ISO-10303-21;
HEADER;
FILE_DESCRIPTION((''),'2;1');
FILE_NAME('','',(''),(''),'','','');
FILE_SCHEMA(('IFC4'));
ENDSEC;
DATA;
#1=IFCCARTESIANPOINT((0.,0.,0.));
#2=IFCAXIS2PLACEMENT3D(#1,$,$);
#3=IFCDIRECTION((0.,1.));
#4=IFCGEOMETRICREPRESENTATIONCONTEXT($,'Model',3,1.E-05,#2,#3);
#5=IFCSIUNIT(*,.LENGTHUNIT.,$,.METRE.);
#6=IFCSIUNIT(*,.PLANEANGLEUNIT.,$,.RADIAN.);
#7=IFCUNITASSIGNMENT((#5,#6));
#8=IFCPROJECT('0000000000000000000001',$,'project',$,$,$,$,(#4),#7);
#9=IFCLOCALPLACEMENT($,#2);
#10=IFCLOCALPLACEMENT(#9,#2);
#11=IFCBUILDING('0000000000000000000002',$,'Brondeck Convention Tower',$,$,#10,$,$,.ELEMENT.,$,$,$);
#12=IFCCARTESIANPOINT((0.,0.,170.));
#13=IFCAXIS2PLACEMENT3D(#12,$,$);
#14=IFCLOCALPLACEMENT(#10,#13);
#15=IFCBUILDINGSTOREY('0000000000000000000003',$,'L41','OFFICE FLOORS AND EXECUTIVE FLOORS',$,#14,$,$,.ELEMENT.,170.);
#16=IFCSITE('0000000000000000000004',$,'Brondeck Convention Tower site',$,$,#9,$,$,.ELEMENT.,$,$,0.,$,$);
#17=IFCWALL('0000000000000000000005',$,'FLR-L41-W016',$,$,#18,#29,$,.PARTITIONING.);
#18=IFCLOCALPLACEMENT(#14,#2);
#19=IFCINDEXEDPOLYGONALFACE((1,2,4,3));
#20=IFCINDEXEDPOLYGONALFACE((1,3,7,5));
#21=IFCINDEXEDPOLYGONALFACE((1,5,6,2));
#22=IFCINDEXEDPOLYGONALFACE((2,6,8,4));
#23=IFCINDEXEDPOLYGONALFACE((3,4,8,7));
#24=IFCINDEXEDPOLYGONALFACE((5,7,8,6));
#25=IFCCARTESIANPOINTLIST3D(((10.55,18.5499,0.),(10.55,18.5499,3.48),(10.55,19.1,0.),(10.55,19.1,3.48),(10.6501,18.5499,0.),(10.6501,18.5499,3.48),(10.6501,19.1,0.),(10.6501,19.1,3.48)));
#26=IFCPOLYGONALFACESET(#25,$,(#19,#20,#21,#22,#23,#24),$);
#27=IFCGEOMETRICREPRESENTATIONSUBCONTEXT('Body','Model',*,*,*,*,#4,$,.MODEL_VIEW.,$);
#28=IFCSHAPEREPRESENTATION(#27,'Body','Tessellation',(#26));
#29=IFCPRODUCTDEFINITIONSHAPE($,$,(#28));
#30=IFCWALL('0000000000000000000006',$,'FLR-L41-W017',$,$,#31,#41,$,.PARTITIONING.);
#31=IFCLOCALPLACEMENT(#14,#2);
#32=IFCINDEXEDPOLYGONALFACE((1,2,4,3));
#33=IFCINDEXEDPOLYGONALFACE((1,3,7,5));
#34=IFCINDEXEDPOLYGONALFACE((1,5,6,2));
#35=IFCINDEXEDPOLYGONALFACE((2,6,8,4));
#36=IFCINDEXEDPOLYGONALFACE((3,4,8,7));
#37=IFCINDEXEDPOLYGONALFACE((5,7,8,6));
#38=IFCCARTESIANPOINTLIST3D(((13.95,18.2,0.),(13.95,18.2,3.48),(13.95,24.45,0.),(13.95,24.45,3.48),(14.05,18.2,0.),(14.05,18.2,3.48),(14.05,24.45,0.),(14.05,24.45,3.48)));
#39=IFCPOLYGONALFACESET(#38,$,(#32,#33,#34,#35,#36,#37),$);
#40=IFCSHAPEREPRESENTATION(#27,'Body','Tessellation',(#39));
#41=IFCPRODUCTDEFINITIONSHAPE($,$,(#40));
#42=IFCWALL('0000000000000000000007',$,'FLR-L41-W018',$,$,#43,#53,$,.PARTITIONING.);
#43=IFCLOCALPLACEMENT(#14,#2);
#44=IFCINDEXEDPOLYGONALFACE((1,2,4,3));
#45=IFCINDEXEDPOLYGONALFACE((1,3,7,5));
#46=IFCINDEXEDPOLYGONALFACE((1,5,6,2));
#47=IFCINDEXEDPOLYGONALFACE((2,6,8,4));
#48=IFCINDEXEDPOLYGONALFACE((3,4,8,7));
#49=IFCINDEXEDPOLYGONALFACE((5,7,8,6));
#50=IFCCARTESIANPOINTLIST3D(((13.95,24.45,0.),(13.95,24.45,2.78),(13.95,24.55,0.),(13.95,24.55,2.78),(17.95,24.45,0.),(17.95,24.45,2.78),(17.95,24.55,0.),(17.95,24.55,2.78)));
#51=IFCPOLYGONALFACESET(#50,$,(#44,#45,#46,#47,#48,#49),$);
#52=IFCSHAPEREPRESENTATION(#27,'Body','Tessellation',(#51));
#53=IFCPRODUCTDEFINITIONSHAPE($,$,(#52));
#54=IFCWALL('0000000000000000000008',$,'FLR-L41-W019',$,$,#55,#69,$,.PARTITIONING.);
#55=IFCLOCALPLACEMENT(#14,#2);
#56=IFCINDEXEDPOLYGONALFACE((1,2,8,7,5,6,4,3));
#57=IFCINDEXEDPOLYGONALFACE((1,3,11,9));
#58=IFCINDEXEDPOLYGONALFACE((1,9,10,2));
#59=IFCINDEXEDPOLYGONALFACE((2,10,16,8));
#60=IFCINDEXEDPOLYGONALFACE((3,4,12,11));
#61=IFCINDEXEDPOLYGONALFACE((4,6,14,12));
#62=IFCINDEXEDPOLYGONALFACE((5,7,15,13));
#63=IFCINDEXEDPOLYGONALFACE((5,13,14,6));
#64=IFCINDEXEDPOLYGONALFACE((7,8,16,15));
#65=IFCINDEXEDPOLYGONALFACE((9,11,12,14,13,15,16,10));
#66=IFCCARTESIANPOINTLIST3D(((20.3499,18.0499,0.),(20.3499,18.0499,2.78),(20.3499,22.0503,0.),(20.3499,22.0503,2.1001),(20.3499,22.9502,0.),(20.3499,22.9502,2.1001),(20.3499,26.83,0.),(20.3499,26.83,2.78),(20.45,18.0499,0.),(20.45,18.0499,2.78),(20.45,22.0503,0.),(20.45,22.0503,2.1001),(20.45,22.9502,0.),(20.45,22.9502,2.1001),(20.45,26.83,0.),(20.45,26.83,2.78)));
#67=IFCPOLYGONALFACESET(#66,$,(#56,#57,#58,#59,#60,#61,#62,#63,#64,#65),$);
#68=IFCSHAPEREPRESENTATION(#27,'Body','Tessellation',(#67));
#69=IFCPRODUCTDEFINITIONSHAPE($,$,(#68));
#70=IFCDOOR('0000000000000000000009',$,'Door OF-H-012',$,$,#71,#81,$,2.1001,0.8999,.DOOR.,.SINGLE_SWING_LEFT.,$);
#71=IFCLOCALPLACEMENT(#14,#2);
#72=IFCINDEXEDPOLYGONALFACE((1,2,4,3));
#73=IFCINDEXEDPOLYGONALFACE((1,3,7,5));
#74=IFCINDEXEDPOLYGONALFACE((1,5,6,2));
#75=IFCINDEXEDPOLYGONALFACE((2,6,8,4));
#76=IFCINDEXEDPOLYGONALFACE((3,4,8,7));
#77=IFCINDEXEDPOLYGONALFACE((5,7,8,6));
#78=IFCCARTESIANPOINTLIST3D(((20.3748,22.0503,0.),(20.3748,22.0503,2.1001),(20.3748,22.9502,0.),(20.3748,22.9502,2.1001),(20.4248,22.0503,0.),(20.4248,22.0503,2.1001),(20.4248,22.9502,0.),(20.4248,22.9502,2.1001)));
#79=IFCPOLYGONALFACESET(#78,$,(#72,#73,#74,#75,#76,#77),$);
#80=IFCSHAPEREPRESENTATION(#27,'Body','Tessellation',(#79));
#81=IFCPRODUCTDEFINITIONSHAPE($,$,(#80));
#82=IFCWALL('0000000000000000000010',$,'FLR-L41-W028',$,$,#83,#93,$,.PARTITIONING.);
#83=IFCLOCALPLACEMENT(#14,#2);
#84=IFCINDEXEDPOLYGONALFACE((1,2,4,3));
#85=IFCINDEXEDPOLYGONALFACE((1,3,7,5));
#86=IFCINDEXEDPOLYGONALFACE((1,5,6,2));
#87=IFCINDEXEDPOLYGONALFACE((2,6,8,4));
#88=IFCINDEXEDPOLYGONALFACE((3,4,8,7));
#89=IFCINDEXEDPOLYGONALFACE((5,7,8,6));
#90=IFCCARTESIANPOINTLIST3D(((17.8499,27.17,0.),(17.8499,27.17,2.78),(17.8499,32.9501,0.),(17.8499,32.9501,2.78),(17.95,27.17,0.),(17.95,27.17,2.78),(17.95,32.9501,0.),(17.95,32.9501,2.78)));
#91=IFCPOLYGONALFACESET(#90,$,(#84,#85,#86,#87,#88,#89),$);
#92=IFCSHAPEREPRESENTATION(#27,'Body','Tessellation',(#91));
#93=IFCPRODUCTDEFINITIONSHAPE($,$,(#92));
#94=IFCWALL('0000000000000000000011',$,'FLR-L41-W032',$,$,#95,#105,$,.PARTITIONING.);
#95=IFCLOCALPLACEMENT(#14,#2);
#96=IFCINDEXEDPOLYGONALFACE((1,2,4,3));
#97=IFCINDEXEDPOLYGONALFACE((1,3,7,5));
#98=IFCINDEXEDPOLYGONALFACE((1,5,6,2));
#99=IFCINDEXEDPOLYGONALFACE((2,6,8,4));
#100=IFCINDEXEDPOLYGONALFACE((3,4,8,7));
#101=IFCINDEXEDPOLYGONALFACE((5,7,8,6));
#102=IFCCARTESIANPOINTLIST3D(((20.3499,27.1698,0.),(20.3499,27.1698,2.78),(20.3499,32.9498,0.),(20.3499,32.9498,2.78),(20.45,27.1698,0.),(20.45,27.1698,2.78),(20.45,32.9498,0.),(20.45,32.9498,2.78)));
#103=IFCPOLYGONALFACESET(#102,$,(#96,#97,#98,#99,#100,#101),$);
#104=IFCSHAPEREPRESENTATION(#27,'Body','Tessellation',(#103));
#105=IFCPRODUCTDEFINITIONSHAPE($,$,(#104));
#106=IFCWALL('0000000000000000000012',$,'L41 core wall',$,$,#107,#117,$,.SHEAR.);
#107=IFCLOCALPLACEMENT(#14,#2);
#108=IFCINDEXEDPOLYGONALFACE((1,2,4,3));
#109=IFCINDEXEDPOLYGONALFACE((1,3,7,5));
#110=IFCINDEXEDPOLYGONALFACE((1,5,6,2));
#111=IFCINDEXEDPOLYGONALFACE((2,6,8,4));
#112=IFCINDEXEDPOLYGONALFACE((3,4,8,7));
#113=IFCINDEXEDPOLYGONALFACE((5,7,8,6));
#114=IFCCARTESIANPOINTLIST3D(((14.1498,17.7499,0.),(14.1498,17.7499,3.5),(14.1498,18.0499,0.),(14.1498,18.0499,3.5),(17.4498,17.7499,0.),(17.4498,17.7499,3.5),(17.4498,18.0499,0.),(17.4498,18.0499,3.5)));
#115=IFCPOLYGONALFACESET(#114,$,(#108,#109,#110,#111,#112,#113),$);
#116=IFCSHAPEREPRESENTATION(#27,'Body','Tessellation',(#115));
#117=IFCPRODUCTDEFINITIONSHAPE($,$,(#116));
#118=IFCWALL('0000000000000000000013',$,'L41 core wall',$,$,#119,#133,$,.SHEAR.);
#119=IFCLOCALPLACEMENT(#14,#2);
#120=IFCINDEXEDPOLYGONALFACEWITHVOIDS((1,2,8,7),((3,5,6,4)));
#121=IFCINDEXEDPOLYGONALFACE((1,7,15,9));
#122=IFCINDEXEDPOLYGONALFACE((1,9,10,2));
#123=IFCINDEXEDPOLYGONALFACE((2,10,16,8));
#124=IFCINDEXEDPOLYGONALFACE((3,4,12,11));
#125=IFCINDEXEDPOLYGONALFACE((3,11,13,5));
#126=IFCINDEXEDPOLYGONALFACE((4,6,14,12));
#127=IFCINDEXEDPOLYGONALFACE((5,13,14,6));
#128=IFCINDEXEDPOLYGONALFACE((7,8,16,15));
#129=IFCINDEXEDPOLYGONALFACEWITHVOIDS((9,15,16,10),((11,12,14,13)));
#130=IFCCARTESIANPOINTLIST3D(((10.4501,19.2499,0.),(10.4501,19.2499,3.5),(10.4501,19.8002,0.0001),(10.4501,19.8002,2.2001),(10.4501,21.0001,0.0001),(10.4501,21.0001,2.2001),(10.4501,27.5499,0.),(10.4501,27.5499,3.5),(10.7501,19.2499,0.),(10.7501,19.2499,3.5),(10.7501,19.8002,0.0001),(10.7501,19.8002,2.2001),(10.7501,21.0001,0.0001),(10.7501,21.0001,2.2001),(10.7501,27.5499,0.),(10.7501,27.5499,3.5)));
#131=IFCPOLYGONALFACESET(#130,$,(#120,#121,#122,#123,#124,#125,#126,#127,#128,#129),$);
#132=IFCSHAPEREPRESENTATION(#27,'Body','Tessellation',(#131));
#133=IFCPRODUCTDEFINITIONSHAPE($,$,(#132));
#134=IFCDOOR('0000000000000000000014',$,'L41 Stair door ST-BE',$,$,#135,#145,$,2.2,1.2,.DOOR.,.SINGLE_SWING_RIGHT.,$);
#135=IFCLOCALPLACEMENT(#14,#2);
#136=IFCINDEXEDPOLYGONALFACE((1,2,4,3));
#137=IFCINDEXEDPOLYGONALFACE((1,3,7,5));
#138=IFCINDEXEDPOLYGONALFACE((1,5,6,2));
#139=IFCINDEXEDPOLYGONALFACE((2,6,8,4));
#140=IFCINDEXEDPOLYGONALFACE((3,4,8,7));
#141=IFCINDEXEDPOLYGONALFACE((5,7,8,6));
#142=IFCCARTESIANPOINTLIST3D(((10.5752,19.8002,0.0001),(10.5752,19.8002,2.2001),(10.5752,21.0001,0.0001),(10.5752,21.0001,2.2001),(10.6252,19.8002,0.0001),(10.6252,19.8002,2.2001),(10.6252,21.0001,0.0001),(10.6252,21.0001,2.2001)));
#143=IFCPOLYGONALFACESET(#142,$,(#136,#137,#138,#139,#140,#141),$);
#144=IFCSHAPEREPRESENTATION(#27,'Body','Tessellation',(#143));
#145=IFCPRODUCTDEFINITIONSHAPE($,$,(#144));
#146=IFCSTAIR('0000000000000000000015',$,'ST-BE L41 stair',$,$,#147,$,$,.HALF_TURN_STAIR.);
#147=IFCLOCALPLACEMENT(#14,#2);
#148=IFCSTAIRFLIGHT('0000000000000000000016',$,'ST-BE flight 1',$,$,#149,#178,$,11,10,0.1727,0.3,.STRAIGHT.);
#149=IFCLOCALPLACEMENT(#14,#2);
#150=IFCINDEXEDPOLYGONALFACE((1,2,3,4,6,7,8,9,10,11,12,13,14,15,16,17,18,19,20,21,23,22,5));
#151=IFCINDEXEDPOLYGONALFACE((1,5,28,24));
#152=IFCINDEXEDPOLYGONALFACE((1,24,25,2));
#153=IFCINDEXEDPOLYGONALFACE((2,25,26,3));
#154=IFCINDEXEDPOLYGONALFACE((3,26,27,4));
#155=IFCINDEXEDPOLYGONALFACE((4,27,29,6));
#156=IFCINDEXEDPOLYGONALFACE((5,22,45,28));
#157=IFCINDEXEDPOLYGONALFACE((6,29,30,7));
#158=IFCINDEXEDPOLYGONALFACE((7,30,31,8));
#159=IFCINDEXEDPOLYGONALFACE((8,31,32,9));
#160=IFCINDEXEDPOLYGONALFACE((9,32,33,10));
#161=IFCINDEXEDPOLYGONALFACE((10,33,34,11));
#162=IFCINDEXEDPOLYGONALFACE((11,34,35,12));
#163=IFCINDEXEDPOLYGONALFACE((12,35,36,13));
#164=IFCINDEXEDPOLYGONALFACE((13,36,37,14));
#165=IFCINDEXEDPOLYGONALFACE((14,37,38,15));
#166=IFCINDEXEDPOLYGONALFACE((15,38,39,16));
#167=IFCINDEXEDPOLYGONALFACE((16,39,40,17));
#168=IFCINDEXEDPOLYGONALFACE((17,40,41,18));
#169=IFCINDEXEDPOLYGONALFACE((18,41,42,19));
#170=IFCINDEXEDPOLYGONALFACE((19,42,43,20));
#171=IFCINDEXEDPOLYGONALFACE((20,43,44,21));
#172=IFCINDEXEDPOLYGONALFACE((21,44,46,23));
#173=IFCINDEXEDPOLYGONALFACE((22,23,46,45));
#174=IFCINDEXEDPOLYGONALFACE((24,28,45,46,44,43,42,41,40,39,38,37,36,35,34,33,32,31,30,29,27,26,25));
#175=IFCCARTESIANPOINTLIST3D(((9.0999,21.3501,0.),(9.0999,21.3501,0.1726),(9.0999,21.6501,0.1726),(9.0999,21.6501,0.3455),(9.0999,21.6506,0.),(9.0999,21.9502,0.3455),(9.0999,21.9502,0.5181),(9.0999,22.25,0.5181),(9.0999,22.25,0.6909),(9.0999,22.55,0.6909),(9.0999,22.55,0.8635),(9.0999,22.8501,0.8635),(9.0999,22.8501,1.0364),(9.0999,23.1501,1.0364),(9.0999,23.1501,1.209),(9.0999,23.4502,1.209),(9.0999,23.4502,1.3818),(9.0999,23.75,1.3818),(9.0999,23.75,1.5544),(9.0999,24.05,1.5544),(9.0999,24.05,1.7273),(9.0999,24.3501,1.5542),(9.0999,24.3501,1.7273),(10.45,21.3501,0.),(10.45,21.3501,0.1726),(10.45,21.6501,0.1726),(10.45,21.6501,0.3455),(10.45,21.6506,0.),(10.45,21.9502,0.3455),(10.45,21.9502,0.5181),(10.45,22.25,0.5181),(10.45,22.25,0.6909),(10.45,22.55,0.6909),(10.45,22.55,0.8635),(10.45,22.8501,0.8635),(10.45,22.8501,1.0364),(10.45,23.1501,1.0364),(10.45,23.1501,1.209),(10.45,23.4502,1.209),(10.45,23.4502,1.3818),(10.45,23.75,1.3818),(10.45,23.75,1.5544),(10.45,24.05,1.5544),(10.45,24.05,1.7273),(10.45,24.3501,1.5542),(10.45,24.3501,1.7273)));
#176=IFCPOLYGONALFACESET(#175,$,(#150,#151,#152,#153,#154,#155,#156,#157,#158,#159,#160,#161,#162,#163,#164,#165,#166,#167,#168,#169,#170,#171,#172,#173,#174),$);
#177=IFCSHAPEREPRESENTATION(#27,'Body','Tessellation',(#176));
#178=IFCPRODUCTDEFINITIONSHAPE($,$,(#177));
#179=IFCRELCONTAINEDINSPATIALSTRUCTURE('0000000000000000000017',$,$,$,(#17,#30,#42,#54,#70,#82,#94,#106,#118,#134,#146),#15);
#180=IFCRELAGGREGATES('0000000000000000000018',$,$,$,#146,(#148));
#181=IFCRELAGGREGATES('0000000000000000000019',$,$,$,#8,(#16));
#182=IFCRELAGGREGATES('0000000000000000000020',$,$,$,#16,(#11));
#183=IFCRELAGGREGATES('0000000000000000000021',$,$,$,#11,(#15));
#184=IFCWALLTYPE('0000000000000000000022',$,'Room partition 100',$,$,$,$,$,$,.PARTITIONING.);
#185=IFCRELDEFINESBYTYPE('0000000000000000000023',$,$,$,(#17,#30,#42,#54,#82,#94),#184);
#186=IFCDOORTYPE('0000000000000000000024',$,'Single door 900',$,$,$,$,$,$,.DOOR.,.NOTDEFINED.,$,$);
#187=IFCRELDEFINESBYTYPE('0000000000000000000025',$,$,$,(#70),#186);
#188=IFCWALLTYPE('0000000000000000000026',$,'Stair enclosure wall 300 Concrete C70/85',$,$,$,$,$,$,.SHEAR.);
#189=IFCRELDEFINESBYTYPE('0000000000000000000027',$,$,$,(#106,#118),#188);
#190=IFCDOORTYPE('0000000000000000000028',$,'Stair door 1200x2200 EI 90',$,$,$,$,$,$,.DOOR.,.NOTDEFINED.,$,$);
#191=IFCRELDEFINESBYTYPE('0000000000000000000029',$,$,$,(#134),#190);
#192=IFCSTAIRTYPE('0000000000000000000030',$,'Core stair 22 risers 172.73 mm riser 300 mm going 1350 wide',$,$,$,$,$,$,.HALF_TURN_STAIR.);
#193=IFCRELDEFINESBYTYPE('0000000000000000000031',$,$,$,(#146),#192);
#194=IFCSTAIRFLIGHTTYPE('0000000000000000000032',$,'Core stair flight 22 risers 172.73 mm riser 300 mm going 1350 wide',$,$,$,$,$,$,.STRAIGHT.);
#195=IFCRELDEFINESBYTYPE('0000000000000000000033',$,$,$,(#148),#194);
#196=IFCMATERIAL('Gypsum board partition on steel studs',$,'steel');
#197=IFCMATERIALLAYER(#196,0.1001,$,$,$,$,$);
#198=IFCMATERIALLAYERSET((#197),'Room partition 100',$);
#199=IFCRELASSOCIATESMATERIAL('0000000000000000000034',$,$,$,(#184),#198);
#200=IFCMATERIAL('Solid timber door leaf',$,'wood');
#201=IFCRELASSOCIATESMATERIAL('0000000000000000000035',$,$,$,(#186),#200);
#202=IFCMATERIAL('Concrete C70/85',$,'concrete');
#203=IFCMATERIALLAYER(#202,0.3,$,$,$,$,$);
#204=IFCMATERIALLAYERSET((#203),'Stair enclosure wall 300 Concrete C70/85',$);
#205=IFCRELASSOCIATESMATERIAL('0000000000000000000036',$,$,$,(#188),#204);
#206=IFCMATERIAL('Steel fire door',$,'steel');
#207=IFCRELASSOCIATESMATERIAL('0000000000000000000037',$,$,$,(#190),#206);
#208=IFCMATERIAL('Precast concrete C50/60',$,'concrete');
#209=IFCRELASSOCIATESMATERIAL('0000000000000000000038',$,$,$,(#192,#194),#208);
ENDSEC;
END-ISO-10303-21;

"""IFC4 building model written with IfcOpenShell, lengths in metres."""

from ifc_helpers import new_model, si_unit, direction, frame, frame_2d, origin, place, context, subcontext, project, spatial, polyline, rectangle, outline, extrude, material, layer, layer_set, type_object, element, fill, aggregate, save


model = new_model("IFC4")

# Units and contexts
model_context = context("Model", 3, precision=1e-05, world=origin(), true_north=direction((0.0, 1.0)))
body_context = subcontext(model_context, "Body", "Model", "MODEL_VIEW")
ifc_project = project(units=[si_unit("LENGTHUNIT", "METRE"), si_unit("PLANEANGLEUNIT", "RADIAN")], contexts=[model_context])

# Site, building, storey
site_placement = place(None, origin())
site = spatial("IfcSite", under=ifc_project, at=site_placement, Name="Brondeck Convention Tower site", CompositionType="ELEMENT", RefElevation=0.0)
building_placement = place(site_placement, origin())
building = spatial("IfcBuilding", under=site, at=building_placement, Name="Brondeck Convention Tower", CompositionType="ELEMENT")
storey_placement = place(building_placement, frame((0.0, 0.0, 170.0)))
storey = spatial("IfcBuildingStorey", under=building, at=storey_placement, Name="L41", Description="OFFICE FLOORS AND EXECUTIVE FLOORS", CompositionType="ELEMENT", Elevation=170.0)

# Shared definitions
ifc_material_1 = material(Name="Concrete C70/85", Category="concrete")

# Shared definitions
ifc_material_2 = material(Name="Gypsum board partition on steel studs", Category="steel")
ifc_layer_1 = layer(ifc_material_2, 0.1001)
ifc_layer_set_1 = layer_set([ifc_layer_1], Name="Room partition 100")
wall_type_1 = type_object("IfcWallType", Name="Room partition 100", PredefinedType="PARTITIONING", material=ifc_layer_set_1)
ifc_material_3 = material(Name="Solid timber door leaf", Category="wood")
door_type_1 = type_object("IfcDoorType", Name="Single door 900", OperationType="NOTDEFINED", PredefinedType="DOOR", material=ifc_material_3)

# Walls
wall_1_placement = place(storey_placement, frame((10.6001, 18.55, 0.0), z_axis=(0.0, 0.0, 1.0), x_axis=(0.0, 1.0, 0.0)))
element("IfcWall", 1, at=wall_1_placement, inside=storey, type_object=wall_type_1, Name="FLR-L41-W016", PredefinedType="PARTITIONING", context=body_context, shape_type="SweptSolid", body=[
    extrude(rectangle(XDim=0.55, YDim=0.1001, at=frame_2d((0.2749, 0.0))), origin(), (0.0, 0.0, 1.0), 3.48),
])
wall_2_placement = place(storey_placement, frame((14.0, 24.45, 0.0), z_axis=(0.0, 0.0, 1.0), x_axis=(0.0, -1.0, 0.0)))
element("IfcWall", 2, at=wall_2_placement, inside=storey, type_object=wall_type_1, Name="FLR-L41-W017", PredefinedType="PARTITIONING", context=body_context, shape_type="SweptSolid", body=[
    extrude(rectangle(XDim=6.25, YDim=0.1001, at=frame_2d((3.125, 0.0))), origin(), (0.0, 0.0, 1.0), 3.48),
])
wall_3_placement = place(storey_placement, frame((17.95, 24.5, 0.0), z_axis=(0.0, 0.0, 1.0), x_axis=(-1.0, 0.0, 0.0)))
element("IfcWall", 3, at=wall_3_placement, inside=storey, type_object=wall_type_1, Name="FLR-L41-W018", PredefinedType="PARTITIONING", context=body_context, shape_type="SweptSolid", body=[
    extrude(rectangle(XDim=4.0, YDim=0.1001, at=frame_2d((2.0, 0.0))), origin(), (0.0, 0.0, 1.0), 2.78),
])

# Wall, opening, door
wall_4_placement = place(storey_placement, frame((20.3999, 26.8301, 0.0), z_axis=(0.0, 0.0, 1.0), x_axis=(0.0, -1.0, 0.0)))
wall_4 = element("IfcWall", 4, at=wall_4_placement, inside=storey, type_object=wall_type_1, Name="FLR-L41-W019", PredefinedType="PARTITIONING", context=body_context, shape_type="SweptSolid", body=[
    extrude(rectangle(XDim=8.78, YDim=0.1001, at=frame_2d((4.3901, 0.0))), origin(), (0.0, 0.0, 1.0), 2.78),
])
opening_1_placement = place(wall_4_placement, frame((3.8799, 0.0, 0.0)))
opening_1 = element("IfcOpeningElement", 5, at=opening_1_placement, cuts=wall_4, PredefinedType="OPENING", context=body_context, shape_type="SweptSolid", body=[
    extrude(rectangle(XDim=0.8999, YDim=2.1001, at=frame_2d((0.45, 1.05))), frame((0.0, 0.0601, 0.0), z_axis=(0.0, -1.0, 0.0), x_axis=(1.0, 0.0, 0.0)), (0.0, 0.0, 1.0), 0.1201),
])
door_1_placement = place(opening_1_placement, origin())
door_1 = element("IfcDoor", 6, at=door_1_placement, inside=storey, type_object=door_type_1, Name="Door OF-H-012", OperationType="SINGLE_SWING_LEFT", OverallHeight=2.1001, OverallWidth=0.8999, PredefinedType="DOOR", context=body_context, shape_type="SweptSolid", body=[
    extrude(rectangle(XDim=0.8999, YDim=2.1001, at=frame_2d((0.45, 1.05))), frame((0.0, 0.0249, 0.0), z_axis=(0.0, -1.0, 0.0), x_axis=(1.0, 0.0, 0.0)), (0.0, 0.0, 1.0), 0.05),
])
fill(opening_1, door_1)

# Walls
for number, where, z_axis, x_axis, name in (
    (7, (17.8999, 27.1699, 0.0), (0.0, 0.0, 1.0), (0.0, 1.0, 0.0), "FLR-L41-W028"),
    (8, (20.3999, 32.95, 0.0), (0.0, 0.0, 1.0), (0.0, -1.0, 0.0), "FLR-L41-W032"),
):
    element("IfcWall", number, at=place(storey_placement, frame(where, z_axis=z_axis, x_axis=x_axis)), inside=storey, type_object=wall_type_1, Name=name, PredefinedType="PARTITIONING", context=body_context, shape_type="SweptSolid", body=[
        extrude(rectangle(XDim=5.78, YDim=0.1001, at=frame_2d((2.8901, 0.0))), origin(), (0.0, 0.0, 1.0), 2.78),
    ])
ifc_layer_2 = layer(ifc_material_1, 0.3)
ifc_layer_set_2 = layer_set([ifc_layer_2], Name="Stair enclosure wall 300 Concrete C70/85")
wall_type_2 = type_object("IfcWallType", Name="Stair enclosure wall 300 Concrete C70/85", PredefinedType="SHEAR", material=ifc_layer_set_2)
wall_5_placement = place(storey_placement, frame((14.1499, 17.8999, 0.0), z_axis=(0.0, 0.0, 1.0), x_axis=(1.0, 0.0, 0.0)))
element("IfcWall", 9, at=wall_5_placement, inside=storey, type_object=wall_type_2, Name="L41 core wall", PredefinedType="SHEAR", context=body_context, shape_type="SweptSolid", body=[
    extrude(rectangle(XDim=3.3, YDim=0.3, at=frame_2d((1.6499, 0.0))), origin(), (0.0, 0.0, 1.0), 3.5),
])

# Wall, opening, door
wall_6_placement = place(storey_placement, frame((10.6001, 19.25, 0.0), z_axis=(0.0, 0.0, 1.0), x_axis=(0.0, 1.0, 0.0)))
wall_6 = element("IfcWall", 10, at=wall_6_placement, inside=storey, type_object=wall_type_2, Name="L41 core wall", PredefinedType="SHEAR", context=body_context, shape_type="SweptSolid", body=[
    extrude(rectangle(XDim=8.3, YDim=0.3, at=frame_2d((4.1499, 0.0))), origin(), (0.0, 0.0, 1.0), 3.5),
])
opening_2_placement = place(wall_6_placement, frame((0.55, 0.0, 0.0)))
opening_2 = element("IfcOpeningElement", 11, at=opening_2_placement, cuts=wall_6, PredefinedType="OPENING", context=body_context, shape_type="SweptSolid", body=[
    extrude(rectangle(XDim=1.2, YDim=2.2, at=frame_2d((0.6001, 1.1001))), frame((0.0, 0.1599, 0.0), z_axis=(0.0, -1.0, 0.0), x_axis=(1.0, 0.0, 0.0)), (0.0, 0.0, 1.0), 0.3201),
])
ifc_material_4 = material(Name="Steel fire door", Category="steel")
door_type_2 = type_object("IfcDoorType", Name="Stair door 1200x2200 EI 90", OperationType="NOTDEFINED", PredefinedType="DOOR", material=ifc_material_4)
door_2_placement = place(opening_2_placement, origin())
door_2 = element("IfcDoor", 12, at=door_2_placement, inside=storey, type_object=door_type_2, Name="L41 Stair door ST-BE", OperationType="SINGLE_SWING_RIGHT", OverallHeight=2.2, OverallWidth=1.2, PredefinedType="DOOR", context=body_context, shape_type="SweptSolid", body=[
    extrude(rectangle(XDim=1.2, YDim=2.2, at=frame_2d((0.6001, 1.1001))), frame((0.0, 0.0249, 0.0), z_axis=(0.0, -1.0, 0.0), x_axis=(1.0, 0.0, 0.0)), (0.0, 0.0, 1.0), 0.05),
])
fill(opening_2, door_2)

# Stair, stair flight
ifc_material_5 = material(Name="Precast concrete C50/60", Category="concrete")
stair_type = type_object("IfcStairType", Name="Core stair 22 risers 172.73 mm riser 300 mm going 1350 wide", PredefinedType="HALF_TURN_STAIR", material=ifc_material_5)
stair_placement = place(storey_placement, origin())
stair = element("IfcStair", 13, at=stair_placement, inside=storey, type_object=stair_type, Name="ST-BE L41 stair", PredefinedType="HALF_TURN_STAIR")
stair_flight_type = type_object("IfcStairFlightType", Name="Core stair flight 22 risers 172.73 mm riser 300 mm going 1350 wide", PredefinedType="STRAIGHT", material=ifc_material_5)
stair_flight_placement = place(storey_placement, frame((9.7749, 21.3501, 0.0), z_axis=(0.0, 0.0, 1.0), x_axis=(0.0, 1.0, 0.0)))
stair_flight = element("IfcStairFlight", 14, at=stair_flight_placement, type_object=stair_flight_type, Name="ST-BE flight 1", NumberOfRisers=11, NumberOfTreads=10, PredefinedType="STRAIGHT", RiserHeight=0.1727, TreadLength=0.3, context=body_context, shape_type="SweptSolid", body=[
    extrude(outline(polyline([(0.0, 0.0), (0.0, 0.1726), (0.3, 0.1726), (0.3, 0.3455), (0.6001, 0.3455), (0.6001, 0.5181), (0.8999, 0.5181), (0.8999, 0.6909), (1.2, 0.6909), (1.2, 0.8635), (1.5, 0.8635), (1.5, 1.0364), (1.8, 1.0364), (1.8, 1.209), (2.1001, 1.209), (2.1001, 1.3818), (2.3999, 1.3818), (2.3999, 1.5544), (2.7, 1.5544), (2.7, 1.7273), (3.0, 1.7273), (3.0, 1.8999), (3.0, 1.5542), (0.3005, 0.0), (0.0, 0.0)])), frame((0.0, 0.675, 0.0), z_axis=(0.0, -1.0, 0.0), x_axis=(1.0, 0.0, 0.0)), (0.0, 0.0, 1.0), 1.3501),
])
aggregate(stair, [stair_flight])

save(model, "model.ifc")
